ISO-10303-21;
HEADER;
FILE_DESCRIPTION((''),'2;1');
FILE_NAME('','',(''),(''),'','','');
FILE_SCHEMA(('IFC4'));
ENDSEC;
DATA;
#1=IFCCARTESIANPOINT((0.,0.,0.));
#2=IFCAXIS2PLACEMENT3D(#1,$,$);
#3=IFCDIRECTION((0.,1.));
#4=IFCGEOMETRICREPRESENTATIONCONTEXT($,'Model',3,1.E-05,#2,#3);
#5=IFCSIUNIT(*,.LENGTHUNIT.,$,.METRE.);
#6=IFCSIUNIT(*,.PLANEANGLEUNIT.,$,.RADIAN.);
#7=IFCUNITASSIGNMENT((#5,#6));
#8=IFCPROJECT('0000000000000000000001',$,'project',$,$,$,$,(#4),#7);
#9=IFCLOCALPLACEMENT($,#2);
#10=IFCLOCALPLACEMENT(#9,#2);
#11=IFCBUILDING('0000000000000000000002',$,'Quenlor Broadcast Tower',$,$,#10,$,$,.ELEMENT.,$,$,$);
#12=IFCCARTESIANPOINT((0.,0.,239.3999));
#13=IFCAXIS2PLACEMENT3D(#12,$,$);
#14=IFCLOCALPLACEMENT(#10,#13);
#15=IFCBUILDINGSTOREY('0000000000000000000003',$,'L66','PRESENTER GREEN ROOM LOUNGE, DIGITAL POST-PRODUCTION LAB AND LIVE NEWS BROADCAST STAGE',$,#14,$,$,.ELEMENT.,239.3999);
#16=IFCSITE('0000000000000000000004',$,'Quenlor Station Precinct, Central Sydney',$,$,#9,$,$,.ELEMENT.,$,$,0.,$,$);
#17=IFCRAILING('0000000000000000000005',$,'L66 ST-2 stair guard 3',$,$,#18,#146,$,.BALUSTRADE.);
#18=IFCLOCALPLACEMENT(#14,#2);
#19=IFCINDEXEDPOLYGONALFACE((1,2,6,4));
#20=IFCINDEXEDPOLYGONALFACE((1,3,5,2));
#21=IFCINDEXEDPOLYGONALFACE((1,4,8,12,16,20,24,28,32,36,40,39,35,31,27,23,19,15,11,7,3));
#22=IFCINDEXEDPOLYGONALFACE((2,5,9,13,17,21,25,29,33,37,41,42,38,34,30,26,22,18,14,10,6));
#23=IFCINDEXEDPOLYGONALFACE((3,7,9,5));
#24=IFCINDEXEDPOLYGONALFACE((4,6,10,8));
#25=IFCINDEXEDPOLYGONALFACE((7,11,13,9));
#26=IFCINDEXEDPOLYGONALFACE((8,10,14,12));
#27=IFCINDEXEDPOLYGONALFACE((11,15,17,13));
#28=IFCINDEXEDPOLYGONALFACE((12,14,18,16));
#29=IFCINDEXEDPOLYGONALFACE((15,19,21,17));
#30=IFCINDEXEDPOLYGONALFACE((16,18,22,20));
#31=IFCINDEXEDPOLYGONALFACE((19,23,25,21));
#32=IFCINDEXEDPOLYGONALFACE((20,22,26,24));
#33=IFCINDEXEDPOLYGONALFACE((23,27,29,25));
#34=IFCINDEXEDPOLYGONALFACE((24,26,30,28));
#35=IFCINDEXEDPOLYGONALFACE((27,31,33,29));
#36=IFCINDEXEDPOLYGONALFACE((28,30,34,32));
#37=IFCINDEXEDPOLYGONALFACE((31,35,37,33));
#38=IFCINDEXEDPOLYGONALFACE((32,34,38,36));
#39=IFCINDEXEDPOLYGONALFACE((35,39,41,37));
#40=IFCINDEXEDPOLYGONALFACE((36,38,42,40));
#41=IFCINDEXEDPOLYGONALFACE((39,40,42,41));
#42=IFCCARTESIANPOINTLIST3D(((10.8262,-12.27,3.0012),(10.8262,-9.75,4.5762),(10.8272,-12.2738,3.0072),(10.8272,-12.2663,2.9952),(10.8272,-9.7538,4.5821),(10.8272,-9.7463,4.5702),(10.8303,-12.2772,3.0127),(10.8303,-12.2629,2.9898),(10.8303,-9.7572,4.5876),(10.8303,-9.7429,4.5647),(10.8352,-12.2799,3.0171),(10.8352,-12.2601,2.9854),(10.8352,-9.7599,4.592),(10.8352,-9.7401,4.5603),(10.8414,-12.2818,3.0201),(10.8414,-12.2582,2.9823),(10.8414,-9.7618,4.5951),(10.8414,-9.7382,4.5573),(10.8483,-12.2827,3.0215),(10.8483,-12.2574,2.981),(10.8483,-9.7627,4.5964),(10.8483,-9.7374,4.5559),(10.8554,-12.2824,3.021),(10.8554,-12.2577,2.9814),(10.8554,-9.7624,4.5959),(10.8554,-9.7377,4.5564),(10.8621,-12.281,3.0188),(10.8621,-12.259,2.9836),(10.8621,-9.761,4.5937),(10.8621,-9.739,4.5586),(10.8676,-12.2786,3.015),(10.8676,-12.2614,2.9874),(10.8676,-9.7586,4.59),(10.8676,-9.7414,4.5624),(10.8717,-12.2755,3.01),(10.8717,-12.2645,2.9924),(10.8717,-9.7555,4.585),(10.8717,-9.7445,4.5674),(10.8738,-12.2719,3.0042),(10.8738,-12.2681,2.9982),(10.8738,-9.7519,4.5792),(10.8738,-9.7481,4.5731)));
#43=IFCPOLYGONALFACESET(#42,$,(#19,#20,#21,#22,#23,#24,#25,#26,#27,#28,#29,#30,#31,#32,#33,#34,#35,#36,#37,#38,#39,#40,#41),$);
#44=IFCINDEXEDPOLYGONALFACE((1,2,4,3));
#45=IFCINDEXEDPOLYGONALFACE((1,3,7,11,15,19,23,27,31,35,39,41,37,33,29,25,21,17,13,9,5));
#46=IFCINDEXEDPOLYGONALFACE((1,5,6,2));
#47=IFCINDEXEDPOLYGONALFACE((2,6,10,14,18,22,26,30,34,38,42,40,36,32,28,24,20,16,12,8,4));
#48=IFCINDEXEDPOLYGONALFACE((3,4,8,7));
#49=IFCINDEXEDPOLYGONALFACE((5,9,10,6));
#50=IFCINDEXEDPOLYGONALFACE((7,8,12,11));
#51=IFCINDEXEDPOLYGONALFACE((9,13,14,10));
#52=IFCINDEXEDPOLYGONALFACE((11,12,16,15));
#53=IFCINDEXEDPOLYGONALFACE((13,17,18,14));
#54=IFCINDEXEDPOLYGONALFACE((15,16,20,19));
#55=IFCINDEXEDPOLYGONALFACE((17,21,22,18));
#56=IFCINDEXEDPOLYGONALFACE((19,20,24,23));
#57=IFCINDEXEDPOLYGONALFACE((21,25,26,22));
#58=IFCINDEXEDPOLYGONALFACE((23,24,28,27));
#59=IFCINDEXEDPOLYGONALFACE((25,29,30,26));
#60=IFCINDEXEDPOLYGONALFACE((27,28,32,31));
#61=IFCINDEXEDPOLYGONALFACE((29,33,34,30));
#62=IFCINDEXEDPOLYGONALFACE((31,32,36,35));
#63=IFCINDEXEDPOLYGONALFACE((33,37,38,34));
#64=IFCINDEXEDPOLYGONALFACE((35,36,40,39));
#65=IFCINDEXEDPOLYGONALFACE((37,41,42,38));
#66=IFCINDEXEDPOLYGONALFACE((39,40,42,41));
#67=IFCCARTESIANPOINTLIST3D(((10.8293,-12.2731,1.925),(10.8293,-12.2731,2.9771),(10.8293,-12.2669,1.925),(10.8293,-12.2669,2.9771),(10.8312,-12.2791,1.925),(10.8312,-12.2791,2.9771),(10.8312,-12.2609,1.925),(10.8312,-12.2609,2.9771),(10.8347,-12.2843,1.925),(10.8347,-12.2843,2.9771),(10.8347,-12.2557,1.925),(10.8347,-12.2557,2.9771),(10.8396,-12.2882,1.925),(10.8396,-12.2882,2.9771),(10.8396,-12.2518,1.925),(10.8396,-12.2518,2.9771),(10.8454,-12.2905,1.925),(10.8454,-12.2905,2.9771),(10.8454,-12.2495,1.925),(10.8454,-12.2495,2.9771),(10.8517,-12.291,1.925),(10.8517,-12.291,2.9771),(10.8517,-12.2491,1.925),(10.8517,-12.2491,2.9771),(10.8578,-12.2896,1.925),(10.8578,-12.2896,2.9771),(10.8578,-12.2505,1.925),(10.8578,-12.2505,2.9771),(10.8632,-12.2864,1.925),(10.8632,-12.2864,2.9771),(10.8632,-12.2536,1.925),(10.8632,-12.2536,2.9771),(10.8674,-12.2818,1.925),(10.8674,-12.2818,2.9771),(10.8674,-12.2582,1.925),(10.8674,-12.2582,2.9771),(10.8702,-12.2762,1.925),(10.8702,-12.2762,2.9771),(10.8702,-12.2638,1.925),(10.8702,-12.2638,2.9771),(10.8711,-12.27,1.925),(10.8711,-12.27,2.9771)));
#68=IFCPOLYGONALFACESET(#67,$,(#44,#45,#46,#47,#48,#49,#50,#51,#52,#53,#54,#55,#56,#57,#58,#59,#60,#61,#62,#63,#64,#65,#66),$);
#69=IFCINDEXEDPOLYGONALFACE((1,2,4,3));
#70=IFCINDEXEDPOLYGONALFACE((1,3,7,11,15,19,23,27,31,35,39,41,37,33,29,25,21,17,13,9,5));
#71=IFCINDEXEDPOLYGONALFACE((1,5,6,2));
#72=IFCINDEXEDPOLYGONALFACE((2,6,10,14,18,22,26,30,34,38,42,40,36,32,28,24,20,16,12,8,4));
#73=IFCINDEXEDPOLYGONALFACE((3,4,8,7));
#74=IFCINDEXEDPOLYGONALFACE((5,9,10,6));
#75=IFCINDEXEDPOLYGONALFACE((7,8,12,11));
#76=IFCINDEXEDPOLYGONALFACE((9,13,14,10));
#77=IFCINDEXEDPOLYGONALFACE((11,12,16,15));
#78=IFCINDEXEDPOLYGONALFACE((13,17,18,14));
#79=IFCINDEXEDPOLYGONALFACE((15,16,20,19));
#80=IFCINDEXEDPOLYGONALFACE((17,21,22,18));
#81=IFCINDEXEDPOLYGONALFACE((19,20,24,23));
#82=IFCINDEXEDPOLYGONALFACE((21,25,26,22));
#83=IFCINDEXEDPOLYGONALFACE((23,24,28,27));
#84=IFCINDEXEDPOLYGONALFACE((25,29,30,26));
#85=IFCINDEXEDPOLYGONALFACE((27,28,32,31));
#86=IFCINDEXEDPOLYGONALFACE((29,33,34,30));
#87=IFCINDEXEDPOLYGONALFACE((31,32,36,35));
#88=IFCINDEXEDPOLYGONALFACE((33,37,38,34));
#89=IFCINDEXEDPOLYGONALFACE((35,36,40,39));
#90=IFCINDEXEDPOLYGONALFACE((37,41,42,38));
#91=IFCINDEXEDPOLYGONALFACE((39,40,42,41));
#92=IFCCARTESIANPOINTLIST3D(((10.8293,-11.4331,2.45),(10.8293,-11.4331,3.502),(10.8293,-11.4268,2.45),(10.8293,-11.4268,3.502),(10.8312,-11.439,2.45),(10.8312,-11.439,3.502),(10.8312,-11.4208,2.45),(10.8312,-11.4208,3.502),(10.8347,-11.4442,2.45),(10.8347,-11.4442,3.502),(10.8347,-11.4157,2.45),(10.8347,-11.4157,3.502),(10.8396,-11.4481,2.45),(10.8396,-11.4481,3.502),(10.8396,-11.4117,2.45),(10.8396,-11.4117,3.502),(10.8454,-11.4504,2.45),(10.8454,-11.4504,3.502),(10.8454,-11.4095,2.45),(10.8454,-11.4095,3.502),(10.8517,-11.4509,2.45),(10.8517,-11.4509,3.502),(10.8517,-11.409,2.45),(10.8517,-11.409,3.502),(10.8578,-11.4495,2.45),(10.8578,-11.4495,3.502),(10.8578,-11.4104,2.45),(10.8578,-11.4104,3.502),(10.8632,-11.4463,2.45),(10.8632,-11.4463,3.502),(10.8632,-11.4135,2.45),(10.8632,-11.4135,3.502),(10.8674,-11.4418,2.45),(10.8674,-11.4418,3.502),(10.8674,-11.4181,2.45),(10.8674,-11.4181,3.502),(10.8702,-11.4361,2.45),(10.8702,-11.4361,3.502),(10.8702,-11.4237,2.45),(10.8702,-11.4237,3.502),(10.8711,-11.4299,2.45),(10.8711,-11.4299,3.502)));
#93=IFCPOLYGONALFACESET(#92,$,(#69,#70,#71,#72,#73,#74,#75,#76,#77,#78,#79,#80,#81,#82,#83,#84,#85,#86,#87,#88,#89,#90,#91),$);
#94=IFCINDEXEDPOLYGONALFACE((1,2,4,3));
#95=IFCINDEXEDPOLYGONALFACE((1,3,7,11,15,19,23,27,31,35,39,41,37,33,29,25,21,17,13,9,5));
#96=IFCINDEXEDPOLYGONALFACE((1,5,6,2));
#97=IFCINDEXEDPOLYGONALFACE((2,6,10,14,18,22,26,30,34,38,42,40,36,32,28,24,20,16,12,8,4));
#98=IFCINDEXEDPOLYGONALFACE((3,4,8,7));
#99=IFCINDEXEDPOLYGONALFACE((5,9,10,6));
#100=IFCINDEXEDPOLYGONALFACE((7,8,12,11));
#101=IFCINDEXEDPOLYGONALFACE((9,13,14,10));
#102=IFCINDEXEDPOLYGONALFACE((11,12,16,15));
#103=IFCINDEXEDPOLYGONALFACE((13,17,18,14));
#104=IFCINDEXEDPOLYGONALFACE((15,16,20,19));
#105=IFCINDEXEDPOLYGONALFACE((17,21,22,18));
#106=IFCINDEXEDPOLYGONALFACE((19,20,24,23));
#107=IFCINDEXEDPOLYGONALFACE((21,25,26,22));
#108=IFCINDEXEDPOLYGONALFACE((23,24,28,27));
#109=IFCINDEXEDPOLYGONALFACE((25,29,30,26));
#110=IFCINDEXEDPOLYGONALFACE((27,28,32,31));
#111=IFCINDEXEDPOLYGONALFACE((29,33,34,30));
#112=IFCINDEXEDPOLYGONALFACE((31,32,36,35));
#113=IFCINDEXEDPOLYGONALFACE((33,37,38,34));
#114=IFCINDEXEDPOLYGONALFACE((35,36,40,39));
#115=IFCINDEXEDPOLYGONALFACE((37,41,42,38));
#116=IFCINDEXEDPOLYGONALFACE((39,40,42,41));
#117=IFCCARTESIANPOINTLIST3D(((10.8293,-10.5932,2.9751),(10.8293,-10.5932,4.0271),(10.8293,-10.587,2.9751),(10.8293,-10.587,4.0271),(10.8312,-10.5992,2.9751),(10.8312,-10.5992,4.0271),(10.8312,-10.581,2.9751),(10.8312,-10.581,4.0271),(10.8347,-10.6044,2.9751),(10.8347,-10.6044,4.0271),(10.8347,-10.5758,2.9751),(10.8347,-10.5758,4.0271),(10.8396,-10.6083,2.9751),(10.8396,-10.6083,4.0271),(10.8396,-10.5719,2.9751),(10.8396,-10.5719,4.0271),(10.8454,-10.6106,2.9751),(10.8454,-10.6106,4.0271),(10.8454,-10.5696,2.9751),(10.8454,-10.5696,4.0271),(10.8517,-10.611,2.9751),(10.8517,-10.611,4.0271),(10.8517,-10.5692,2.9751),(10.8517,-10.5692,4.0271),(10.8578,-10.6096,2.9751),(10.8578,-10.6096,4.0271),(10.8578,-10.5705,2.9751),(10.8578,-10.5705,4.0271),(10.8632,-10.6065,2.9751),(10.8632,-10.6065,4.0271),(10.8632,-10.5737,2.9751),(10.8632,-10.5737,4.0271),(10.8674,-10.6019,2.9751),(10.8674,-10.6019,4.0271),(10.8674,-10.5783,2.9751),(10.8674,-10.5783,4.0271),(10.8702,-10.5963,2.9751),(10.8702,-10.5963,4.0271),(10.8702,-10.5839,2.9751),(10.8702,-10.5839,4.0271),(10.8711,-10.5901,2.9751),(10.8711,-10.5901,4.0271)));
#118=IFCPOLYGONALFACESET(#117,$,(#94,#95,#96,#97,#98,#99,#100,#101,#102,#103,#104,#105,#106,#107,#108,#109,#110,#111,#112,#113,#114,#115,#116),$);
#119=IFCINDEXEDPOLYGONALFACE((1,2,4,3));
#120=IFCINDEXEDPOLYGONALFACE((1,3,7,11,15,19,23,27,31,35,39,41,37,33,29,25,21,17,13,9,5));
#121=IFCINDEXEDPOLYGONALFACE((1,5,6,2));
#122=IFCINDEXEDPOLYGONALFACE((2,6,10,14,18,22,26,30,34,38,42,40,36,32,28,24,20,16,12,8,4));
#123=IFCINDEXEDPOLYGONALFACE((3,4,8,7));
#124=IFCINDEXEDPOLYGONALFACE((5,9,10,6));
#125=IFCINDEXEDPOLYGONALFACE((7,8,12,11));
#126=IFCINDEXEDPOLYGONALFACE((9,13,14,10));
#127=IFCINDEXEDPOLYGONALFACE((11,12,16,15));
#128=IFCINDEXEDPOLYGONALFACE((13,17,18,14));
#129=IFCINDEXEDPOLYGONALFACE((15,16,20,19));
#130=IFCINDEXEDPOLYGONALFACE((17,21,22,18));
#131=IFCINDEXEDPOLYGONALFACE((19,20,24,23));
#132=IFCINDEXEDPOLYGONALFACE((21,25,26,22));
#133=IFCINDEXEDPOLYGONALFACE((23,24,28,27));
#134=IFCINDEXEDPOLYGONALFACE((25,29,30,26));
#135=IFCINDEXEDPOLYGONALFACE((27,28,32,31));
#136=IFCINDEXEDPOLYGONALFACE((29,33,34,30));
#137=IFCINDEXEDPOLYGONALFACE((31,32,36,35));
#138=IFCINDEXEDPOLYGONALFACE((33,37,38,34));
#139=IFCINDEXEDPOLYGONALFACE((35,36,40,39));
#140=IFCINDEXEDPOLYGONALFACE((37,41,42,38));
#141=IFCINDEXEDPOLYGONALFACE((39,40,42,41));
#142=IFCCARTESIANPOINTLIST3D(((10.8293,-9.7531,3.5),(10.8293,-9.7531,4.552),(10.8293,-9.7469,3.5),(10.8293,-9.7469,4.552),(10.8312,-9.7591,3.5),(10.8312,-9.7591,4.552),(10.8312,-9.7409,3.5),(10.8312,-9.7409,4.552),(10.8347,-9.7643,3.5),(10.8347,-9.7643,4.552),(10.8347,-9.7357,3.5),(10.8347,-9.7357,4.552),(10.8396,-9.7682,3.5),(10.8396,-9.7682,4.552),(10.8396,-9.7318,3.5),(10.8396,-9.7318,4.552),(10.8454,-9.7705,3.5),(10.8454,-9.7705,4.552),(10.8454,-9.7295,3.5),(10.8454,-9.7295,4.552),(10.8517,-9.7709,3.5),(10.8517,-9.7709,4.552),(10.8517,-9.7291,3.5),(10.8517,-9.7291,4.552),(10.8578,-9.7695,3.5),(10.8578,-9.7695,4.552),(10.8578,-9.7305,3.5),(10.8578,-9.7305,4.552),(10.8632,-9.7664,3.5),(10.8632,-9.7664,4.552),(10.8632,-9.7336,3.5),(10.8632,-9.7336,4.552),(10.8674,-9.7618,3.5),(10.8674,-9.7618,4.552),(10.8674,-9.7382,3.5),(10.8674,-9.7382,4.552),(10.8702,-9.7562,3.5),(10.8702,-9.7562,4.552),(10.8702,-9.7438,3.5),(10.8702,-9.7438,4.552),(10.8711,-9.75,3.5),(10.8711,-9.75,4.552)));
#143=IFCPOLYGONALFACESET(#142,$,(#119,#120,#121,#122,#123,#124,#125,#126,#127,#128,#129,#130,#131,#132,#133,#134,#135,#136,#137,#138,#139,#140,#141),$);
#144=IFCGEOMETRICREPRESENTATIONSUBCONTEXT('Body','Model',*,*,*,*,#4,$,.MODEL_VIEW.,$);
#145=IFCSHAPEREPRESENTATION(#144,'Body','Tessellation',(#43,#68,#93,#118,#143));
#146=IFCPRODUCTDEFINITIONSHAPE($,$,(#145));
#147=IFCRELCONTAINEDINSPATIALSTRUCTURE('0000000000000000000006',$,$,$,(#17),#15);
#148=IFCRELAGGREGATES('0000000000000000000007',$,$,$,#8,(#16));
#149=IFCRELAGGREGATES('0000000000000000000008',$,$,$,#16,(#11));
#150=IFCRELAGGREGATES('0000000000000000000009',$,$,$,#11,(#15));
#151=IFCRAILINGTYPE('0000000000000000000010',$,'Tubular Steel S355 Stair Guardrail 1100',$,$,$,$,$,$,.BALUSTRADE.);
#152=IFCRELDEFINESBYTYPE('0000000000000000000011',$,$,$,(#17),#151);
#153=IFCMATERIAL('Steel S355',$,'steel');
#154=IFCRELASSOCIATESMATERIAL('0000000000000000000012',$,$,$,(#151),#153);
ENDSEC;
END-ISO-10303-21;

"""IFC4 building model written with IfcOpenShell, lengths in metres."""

from ifc_helpers import new_model, si_unit, direction, frame, origin, origin_2d, place, context, subcontext, project, spatial, circle, extrude, material, type_object, element, save


model = new_model("IFC4")

# Units and contexts
model_context = context("Model", 3, precision=1e-05, world=origin(), true_north=direction((0.0, 1.0)))
body_context = subcontext(model_context, "Body", "Model", "MODEL_VIEW")
ifc_project = project(units=[si_unit("LENGTHUNIT", "METRE"), si_unit("PLANEANGLEUNIT", "RADIAN")], contexts=[model_context])

# Site, building, storey
site_placement = place(None, origin())
site = spatial("IfcSite", under=ifc_project, at=site_placement, Name="Quenlor Station Precinct, Central Sydney", CompositionType="ELEMENT", RefElevation=0.0)
building_placement = place(site_placement, origin())
building = spatial("IfcBuilding", under=site, at=building_placement, Name="Quenlor Broadcast Tower", CompositionType="ELEMENT")
storey_placement = place(building_placement, frame((0.0, 0.0, 239.3999)))
storey = spatial("IfcBuildingStorey", under=building, at=storey_placement, Name="L66", Description="PRESENTER GREEN ROOM LOUNGE, DIGITAL POST-PRODUCTION LAB AND LIVE NEWS BROADCAST STAGE", CompositionType="ELEMENT", Elevation=239.3999)

# Railing
ifc_material_1 = material(Name="Steel S355", Category="steel")
railing_type_1 = type_object("IfcRailingType", Name="Tubular Steel S355 Stair Guardrail 1100", PredefinedType="BALUSTRADE", material=ifc_material_1)
railing_1_placement = place(storey_placement, frame((10.8501, -12.27, 1.925)))
element("IfcRailing", 1, at=railing_1_placement, inside=storey, type_object=railing_type_1, Name="L66 ST-2 stair guard 3", PredefinedType="BALUSTRADE", context=body_context, shape_type="SweptSolid", body=[
    extrude(circle(Radius=0.0239, at=origin_2d()), frame((0.0, 0.0, 1.0762), z_axis=(0.0, 0.848008, 0.529984), x_axis=(-1.0, 0.0, 0.0)), (0.0, 0.0, 1.0), 2.9717),
    extrude(circle(Radius=0.021, at=origin_2d()), origin(), (0.0, 0.0, 1.0), 1.052),
    extrude(circle(Radius=0.021, at=origin_2d()), frame((0.0, 0.8401, 0.5249)), (0.0, 0.0, 1.0), 1.052),
    extrude(circle(Radius=0.021, at=origin_2d()), frame((0.0, 1.6799, 1.05)), (0.0, 0.0, 1.0), 1.052),
    extrude(circle(Radius=0.021, at=origin_2d()), frame((0.0, 2.52, 1.575)), (0.0, 0.0, 1.0), 1.052),
])

save(model, "model.ifc")
